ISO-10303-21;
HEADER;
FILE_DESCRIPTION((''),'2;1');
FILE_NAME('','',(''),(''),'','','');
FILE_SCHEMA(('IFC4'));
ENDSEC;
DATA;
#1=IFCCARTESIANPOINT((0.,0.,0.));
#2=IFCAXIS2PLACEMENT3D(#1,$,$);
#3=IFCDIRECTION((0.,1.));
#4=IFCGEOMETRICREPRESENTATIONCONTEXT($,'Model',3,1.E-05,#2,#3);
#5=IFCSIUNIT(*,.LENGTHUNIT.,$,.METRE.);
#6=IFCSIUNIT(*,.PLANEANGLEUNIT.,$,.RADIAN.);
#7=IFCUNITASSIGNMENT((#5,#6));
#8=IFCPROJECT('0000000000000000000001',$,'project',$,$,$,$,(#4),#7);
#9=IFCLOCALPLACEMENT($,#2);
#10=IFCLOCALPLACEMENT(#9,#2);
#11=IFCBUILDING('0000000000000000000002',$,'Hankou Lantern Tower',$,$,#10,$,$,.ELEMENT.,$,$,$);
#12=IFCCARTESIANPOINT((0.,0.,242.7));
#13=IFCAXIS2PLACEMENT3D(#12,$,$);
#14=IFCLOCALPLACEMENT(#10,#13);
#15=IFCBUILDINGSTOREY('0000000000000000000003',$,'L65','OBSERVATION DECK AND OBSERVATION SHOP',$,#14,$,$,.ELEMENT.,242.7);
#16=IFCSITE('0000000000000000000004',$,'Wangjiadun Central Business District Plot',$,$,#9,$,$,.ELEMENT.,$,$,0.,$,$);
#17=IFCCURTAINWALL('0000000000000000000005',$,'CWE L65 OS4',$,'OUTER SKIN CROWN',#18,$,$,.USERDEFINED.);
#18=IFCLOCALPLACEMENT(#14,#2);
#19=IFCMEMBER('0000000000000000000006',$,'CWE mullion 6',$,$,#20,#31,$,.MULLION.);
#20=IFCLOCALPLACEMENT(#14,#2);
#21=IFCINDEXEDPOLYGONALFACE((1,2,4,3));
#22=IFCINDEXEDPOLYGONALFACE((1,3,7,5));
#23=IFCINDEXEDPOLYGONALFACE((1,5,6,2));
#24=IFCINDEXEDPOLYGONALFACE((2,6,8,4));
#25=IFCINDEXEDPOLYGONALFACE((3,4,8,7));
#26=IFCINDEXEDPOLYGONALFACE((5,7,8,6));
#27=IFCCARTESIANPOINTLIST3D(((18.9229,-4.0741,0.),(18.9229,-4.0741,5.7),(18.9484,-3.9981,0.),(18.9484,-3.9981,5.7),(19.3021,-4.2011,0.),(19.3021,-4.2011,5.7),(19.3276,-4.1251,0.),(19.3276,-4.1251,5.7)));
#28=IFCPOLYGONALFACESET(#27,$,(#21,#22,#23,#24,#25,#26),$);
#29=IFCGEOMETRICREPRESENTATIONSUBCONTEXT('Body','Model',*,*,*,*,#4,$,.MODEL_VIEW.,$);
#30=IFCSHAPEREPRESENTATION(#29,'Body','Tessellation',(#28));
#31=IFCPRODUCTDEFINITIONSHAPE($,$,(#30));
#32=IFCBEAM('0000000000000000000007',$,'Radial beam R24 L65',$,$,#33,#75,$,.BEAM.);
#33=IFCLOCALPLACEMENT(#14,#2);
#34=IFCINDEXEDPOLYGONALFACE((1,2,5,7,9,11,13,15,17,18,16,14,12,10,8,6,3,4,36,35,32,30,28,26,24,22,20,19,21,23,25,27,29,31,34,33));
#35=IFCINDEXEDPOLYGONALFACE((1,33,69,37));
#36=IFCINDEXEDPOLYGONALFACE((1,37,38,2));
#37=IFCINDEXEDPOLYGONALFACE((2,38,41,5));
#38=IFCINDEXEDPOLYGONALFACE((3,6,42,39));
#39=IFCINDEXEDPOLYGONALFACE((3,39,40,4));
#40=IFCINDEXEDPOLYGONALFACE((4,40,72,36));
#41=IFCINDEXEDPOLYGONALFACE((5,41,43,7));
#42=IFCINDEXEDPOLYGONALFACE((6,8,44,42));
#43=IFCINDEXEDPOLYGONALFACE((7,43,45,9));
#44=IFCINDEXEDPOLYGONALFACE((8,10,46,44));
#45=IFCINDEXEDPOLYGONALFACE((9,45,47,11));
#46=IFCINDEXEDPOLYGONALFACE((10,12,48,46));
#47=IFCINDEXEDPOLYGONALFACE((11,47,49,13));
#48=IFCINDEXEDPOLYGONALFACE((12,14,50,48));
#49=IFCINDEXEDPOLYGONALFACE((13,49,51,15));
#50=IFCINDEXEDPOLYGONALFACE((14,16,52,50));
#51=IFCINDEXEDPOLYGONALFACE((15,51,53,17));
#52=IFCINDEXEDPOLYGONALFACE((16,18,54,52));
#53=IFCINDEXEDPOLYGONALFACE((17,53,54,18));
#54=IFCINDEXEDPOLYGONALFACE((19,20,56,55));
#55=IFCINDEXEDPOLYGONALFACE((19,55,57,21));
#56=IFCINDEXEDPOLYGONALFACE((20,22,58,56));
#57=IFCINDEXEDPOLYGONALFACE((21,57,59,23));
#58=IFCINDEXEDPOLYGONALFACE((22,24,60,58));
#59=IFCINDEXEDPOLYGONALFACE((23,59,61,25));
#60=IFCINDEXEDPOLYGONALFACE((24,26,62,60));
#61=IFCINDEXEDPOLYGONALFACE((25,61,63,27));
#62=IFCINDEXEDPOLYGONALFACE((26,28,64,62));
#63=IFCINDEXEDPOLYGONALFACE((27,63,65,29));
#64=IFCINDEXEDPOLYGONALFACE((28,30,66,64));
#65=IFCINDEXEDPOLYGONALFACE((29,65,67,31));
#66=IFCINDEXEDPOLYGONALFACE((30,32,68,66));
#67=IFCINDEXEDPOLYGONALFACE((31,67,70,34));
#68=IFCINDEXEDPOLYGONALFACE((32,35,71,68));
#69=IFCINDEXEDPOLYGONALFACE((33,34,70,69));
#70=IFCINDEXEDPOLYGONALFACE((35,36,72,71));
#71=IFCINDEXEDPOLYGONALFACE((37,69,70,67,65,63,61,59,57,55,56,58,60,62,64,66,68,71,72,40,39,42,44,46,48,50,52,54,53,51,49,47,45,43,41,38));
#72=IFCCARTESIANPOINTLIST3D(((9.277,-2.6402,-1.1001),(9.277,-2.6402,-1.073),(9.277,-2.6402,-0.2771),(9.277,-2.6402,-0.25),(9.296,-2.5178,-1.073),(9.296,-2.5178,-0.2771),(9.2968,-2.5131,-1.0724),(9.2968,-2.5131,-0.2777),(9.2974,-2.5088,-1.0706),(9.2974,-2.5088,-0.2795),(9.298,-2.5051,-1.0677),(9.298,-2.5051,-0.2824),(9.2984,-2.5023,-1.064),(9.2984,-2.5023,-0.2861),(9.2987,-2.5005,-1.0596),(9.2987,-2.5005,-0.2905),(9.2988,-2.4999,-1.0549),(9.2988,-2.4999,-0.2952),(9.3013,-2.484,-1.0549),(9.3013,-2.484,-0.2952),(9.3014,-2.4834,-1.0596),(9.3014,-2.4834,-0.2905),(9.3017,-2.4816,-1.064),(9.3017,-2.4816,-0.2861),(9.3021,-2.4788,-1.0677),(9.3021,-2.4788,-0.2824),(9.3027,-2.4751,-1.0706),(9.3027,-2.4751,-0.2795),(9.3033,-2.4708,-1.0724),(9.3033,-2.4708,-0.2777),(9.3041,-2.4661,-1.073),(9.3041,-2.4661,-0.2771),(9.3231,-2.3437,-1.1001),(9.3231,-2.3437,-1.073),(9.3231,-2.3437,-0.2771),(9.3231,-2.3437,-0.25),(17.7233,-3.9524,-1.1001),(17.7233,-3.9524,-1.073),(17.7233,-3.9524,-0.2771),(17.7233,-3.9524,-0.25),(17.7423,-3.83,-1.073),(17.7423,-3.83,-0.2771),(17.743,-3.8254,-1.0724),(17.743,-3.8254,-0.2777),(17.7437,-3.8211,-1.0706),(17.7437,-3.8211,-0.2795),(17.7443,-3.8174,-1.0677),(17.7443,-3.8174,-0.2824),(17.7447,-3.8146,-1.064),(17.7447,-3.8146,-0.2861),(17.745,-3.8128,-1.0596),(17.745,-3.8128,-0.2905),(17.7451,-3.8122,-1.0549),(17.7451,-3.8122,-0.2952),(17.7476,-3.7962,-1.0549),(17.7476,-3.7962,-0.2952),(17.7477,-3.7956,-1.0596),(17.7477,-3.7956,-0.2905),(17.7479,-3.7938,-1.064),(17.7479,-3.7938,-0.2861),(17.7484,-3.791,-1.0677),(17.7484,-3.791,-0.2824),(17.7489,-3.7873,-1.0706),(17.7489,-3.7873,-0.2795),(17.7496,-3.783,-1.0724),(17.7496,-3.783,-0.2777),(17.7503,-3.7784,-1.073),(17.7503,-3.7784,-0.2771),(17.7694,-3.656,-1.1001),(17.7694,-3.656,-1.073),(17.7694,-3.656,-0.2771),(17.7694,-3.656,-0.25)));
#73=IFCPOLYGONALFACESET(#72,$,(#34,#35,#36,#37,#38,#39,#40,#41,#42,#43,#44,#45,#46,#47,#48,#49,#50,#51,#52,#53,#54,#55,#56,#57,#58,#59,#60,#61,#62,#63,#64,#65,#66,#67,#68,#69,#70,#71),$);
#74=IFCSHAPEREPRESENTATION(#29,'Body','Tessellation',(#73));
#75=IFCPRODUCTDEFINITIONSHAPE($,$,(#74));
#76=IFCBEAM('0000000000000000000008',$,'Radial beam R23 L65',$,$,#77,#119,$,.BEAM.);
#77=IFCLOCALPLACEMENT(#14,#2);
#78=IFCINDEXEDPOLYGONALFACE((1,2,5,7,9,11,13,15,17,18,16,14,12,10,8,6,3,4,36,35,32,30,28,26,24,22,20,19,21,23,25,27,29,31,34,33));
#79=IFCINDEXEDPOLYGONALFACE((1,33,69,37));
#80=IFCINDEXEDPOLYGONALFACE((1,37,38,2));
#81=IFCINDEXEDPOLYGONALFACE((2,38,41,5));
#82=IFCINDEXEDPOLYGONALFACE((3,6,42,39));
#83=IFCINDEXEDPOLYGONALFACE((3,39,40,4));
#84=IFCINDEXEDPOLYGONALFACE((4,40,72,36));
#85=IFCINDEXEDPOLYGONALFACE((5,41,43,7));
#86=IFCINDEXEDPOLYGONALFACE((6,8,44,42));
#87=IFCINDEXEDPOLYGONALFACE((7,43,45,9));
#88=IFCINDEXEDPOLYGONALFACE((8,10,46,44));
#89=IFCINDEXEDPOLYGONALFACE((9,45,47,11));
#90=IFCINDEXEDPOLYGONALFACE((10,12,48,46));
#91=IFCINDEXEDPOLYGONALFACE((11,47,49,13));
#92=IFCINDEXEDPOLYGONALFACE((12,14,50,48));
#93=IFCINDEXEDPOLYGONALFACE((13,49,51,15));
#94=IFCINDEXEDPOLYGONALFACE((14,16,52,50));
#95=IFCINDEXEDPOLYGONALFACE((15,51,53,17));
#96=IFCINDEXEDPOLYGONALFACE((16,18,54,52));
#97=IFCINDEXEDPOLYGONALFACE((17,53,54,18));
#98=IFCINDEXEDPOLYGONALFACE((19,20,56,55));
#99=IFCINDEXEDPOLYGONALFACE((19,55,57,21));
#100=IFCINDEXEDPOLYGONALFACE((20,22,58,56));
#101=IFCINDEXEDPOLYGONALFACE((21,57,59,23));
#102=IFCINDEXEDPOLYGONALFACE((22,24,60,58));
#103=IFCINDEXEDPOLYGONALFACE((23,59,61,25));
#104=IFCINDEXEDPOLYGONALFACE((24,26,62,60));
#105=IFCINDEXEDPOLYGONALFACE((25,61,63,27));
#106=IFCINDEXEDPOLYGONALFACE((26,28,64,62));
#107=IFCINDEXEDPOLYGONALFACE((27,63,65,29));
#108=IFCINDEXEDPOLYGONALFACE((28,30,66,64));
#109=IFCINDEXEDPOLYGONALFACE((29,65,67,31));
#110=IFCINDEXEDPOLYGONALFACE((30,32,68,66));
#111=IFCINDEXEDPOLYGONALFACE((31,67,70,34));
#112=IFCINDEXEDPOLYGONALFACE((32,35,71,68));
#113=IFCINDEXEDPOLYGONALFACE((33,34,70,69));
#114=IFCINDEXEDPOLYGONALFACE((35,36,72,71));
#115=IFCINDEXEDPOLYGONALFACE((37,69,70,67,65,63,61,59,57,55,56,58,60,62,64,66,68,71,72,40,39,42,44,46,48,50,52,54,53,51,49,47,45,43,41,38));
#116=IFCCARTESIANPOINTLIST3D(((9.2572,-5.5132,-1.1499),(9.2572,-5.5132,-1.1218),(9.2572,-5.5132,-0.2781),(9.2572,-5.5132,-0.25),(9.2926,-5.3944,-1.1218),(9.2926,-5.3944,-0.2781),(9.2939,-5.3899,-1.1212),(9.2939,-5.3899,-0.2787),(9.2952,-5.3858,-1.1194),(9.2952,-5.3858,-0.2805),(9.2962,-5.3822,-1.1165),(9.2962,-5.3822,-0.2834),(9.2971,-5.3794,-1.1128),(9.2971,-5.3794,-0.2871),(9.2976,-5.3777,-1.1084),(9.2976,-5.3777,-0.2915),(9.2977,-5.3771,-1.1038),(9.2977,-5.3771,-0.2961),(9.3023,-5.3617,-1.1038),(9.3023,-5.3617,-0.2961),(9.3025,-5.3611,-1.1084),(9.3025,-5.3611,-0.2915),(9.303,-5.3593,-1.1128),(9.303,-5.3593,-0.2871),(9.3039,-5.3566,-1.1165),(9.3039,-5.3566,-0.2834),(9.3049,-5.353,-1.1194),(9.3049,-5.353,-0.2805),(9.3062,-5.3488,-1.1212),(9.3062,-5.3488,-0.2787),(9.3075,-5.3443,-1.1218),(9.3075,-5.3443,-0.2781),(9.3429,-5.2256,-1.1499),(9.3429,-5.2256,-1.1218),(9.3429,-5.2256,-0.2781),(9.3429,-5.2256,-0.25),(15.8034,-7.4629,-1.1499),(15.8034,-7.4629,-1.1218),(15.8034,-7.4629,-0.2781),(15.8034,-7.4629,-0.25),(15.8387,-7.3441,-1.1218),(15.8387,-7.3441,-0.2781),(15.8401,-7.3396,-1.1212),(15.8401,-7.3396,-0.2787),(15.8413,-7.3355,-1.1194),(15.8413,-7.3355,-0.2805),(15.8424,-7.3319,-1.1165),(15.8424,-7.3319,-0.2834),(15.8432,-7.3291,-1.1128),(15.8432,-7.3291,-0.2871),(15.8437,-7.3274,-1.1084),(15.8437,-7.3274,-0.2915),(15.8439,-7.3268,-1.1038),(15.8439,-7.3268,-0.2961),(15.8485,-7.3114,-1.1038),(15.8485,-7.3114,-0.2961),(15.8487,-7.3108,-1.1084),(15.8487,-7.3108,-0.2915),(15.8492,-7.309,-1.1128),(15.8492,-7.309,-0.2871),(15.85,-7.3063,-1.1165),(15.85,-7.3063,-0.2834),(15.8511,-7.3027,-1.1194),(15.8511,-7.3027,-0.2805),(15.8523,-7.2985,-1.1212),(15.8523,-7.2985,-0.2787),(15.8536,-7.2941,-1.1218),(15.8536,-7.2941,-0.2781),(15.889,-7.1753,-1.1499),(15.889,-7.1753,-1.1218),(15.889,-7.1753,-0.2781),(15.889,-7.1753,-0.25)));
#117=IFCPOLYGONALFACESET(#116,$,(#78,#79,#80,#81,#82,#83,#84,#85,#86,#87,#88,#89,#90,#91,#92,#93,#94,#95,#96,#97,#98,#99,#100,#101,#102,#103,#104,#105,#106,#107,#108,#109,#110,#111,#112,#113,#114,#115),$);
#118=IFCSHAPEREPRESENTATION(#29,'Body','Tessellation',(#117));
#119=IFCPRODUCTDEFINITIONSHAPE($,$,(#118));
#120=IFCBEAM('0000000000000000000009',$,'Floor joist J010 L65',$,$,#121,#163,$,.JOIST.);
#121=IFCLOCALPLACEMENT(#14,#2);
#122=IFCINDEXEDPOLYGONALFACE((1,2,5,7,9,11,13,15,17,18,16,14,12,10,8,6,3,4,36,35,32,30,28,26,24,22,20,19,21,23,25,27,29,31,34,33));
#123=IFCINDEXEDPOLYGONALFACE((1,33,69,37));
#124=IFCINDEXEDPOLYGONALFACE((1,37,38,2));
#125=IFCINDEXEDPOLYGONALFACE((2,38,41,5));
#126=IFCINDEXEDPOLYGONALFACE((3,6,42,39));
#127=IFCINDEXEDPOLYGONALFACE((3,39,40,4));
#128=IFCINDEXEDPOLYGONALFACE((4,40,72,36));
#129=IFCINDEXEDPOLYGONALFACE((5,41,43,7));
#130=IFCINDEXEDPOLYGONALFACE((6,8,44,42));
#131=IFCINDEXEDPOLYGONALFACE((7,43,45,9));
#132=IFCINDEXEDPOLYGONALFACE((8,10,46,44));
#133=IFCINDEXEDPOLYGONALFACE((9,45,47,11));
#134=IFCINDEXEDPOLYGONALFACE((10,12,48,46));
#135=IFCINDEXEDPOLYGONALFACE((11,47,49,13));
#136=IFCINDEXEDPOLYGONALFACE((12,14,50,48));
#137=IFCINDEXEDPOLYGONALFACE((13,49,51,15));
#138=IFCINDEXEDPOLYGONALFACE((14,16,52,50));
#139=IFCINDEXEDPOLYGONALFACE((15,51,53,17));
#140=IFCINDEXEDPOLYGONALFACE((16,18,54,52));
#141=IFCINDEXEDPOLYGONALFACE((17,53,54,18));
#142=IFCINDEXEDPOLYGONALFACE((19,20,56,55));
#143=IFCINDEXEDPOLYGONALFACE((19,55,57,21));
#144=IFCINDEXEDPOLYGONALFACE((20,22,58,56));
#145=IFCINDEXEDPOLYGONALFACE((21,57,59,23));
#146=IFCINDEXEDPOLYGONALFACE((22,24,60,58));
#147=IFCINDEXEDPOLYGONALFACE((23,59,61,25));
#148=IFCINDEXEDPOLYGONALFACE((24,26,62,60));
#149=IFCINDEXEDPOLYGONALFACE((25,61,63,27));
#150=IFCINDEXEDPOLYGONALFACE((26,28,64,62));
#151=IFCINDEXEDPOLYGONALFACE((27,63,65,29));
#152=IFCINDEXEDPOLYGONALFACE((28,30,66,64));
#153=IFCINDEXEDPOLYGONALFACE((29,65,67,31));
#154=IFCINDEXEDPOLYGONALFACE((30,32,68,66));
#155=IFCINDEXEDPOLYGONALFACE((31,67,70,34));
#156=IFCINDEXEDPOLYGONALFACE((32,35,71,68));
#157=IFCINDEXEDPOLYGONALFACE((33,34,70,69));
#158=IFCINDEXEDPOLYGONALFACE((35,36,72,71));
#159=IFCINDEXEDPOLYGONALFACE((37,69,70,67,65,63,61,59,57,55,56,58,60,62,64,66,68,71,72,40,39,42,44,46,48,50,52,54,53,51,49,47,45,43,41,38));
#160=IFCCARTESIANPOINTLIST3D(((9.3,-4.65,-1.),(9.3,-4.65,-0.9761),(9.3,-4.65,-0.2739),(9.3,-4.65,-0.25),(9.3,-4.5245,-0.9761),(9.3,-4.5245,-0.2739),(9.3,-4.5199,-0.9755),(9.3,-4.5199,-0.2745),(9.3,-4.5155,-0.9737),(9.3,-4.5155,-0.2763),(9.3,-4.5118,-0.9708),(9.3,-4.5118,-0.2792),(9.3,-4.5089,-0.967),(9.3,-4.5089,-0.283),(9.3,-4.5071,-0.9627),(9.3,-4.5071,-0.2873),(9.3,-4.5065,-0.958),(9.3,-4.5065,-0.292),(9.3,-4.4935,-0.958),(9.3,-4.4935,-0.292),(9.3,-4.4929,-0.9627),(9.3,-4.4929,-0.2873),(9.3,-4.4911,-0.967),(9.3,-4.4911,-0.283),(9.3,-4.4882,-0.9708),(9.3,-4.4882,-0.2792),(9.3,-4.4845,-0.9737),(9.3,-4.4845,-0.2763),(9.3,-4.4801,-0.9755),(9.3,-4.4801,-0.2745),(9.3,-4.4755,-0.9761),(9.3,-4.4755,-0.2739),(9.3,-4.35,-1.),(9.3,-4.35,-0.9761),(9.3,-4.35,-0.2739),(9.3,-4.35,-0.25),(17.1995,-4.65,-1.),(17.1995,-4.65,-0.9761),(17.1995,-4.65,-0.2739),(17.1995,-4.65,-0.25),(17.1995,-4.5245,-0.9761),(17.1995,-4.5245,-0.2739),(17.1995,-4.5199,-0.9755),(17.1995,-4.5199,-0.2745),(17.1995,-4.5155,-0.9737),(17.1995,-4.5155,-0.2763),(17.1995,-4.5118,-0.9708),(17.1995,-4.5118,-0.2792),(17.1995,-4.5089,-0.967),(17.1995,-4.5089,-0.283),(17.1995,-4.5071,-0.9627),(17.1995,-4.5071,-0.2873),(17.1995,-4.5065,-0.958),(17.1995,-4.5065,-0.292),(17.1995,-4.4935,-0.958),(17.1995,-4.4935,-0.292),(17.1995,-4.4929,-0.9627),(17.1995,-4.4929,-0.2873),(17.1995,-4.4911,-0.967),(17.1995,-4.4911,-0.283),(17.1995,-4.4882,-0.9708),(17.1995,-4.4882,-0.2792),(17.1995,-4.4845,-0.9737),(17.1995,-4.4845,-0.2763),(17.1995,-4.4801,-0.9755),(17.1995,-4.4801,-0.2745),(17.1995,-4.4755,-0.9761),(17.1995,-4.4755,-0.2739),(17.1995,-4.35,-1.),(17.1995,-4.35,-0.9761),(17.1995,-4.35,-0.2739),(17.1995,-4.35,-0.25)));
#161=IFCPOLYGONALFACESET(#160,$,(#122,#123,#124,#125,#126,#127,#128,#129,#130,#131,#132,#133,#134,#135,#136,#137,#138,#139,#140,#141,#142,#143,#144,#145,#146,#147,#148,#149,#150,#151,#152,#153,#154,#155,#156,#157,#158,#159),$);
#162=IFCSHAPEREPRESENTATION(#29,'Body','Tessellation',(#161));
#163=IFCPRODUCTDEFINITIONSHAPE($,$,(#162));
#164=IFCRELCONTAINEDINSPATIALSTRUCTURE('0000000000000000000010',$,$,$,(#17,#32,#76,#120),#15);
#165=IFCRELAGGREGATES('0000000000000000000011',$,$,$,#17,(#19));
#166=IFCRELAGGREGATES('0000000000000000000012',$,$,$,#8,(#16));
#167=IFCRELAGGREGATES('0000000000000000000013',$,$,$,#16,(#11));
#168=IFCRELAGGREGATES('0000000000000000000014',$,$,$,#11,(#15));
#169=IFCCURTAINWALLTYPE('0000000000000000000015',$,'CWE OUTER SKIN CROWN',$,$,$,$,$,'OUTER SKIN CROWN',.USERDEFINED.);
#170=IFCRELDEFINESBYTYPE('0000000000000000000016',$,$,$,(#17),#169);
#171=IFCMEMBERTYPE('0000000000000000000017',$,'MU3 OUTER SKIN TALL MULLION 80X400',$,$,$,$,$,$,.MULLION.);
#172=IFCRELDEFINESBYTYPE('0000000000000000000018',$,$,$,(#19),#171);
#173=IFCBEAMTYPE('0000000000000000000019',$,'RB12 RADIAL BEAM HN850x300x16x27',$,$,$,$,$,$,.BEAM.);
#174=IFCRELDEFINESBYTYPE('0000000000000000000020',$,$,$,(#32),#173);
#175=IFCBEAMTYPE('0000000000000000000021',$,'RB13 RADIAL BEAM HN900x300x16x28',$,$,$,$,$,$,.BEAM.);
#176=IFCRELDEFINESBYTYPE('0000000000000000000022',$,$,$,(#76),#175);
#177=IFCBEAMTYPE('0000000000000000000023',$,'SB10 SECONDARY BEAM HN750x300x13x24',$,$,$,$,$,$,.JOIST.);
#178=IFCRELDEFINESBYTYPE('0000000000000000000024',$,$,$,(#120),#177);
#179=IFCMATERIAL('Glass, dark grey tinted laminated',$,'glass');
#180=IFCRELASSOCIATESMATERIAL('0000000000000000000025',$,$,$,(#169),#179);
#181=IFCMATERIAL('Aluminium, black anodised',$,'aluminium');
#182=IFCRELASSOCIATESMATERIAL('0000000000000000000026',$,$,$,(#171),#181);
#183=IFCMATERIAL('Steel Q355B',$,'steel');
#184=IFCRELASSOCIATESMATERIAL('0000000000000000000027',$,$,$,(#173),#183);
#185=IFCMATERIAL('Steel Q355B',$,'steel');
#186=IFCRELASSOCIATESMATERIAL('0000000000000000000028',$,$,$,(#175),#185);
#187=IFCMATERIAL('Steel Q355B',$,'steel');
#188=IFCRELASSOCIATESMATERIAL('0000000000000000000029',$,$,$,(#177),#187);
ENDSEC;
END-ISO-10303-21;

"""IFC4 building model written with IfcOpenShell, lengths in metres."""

from ifc_helpers import new_model, si_unit, direction, frame, origin, origin_2d, place, context, subcontext, project, spatial, rectangle, i_section, extrude, material, material_profile, profile_set, type_object, element, aggregate, save


model = new_model("IFC4")

# Units and contexts
model_context = context("Model", 3, precision=1e-05, world=origin(), true_north=direction((0.0, 1.0)))
body_context = subcontext(model_context, "Body", "Model", "MODEL_VIEW")
ifc_project = project(units=[si_unit("LENGTHUNIT", "METRE"), si_unit("PLANEANGLEUNIT", "RADIAN")], contexts=[model_context])

# Site, building, storey
site_placement = place(None, origin())
site = spatial("IfcSite", under=ifc_project, at=site_placement, Name="Wangjiadun Central Business District Plot", CompositionType="ELEMENT", RefElevation=0.0)
building_placement = place(site_placement, origin())
building = spatial("IfcBuilding", under=site, at=building_placement, Name="Hankou Lantern Tower", CompositionType="ELEMENT")
storey_placement = place(building_placement, frame((0.0, 0.0, 242.7)))
storey = spatial("IfcBuildingStorey", under=building, at=storey_placement, Name="L65", Description="OBSERVATION DECK AND OBSERVATION SHOP", CompositionType="ELEMENT", Elevation=242.7)

# Curtain wall, member
ifc_material_1 = material(Name="Glass, dark grey tinted laminated", Category="glass")
curtain_wall_type = type_object("IfcCurtainWallType", Name="CWE OUTER SKIN CROWN", ElementType="OUTER SKIN CROWN", PredefinedType="USERDEFINED", material=ifc_material_1)
curtain_wall_placement = place(storey_placement, origin())
curtain_wall = element("IfcCurtainWall", 1, at=curtain_wall_placement, inside=storey, type_object=curtain_wall_type, Name="CWE L65 OS4", ObjectType="OUTER SKIN CROWN", PredefinedType="USERDEFINED")
ifc_material_2 = material(Name="Aluminium, black anodised", Category="aluminium")
ifc_material_profile_1 = material_profile(ifc_material_2, rectangle(XDim=0.0801, YDim=0.3999, at=origin_2d()), Name="MU3 80X400")
ifc_profile_set_1 = profile_set([ifc_material_profile_1], Name="Aluminium, black anodised")
member_type_1 = type_object("IfcMemberType", Name="MU3 OUTER SKIN TALL MULLION 80X400", PredefinedType="MULLION", material=ifc_profile_set_1)
member_1_placement = place(storey_placement, frame((19.1252, -4.0996, 0.0), z_axis=(0.0, 0.0, 1.0), x_axis=(0.317596, 0.948226, 0.0)))
member_1 = element("IfcMember", 2, at=member_1_placement, type_object=member_type_1, Name="CWE mullion 6", PredefinedType="MULLION", context=body_context, shape_type="SweptSolid", body=[
    extrude(rectangle(XDim=0.0801, YDim=0.3999, at=origin_2d()), origin(), (0.0, 0.0, 1.0), 5.7),
])

# Beams
ifc_material_3 = material(Name="Steel Q355B", Category="steel")
ifc_material_profile_2 = material_profile(ifc_material_3, i_section(OverallWidth=0.3, OverallDepth=0.8501, WebThickness=0.0161, FlangeThickness=0.0271, FilletRadius=0.0181, at=origin_2d()), Name="HN850x300x16x27")
ifc_profile_set_2 = profile_set([ifc_material_profile_2], Name="Steel Q355B")
beam_type_1 = type_object("IfcBeamType", Name="RB12 RADIAL BEAM HN850x300x16x27", PredefinedType="BEAM", material=ifc_profile_set_2)
beam_1_placement = place(storey_placement, frame((9.3, -2.4919, -0.675), z_axis=(0.988145, -0.153523, 0.0), x_axis=(0.153523, 0.988145, 0.0)))
element("IfcBeam", 3, at=beam_1_placement, inside=storey, type_object=beam_type_1, Name="Radial beam R24 L65", PredefinedType="BEAM", context=body_context, shape_type="SweptSolid", body=[
    extrude(i_section(OverallWidth=0.3, OverallDepth=0.8501, WebThickness=0.0161, FlangeThickness=0.0271, FilletRadius=0.0181, at=origin_2d()), origin(), (0.0, 0.0, 1.0), 8.5476),
])
ifc_material_4 = material(Name="Steel Q355B", Category="steel")
ifc_material_profile_3 = material_profile(ifc_material_4, i_section(OverallWidth=0.3, OverallDepth=0.8999, WebThickness=0.0161, FlangeThickness=0.0281, FilletRadius=0.0181, at=origin_2d()), Name="HN900x300x16x28")
ifc_profile_set_3 = profile_set([ifc_material_profile_3], Name="Steel Q355B")
beam_type_2 = type_object("IfcBeamType", Name="RB13 RADIAL BEAM HN900x300x16x28", PredefinedType="BEAM", material=ifc_profile_set_3)
beam_2_placement = place(storey_placement, frame((9.3, -5.3694, -0.7), z_axis=(0.958394, -0.285449, 0.0), x_axis=(0.285449, 0.958394, 0.0)))
element("IfcBeam", 4, at=beam_2_placement, inside=storey, type_object=beam_type_2, Name="Radial beam R23 L65", PredefinedType="BEAM", context=body_context, shape_type="SweptSolid", body=[
    extrude(i_section(OverallWidth=0.3, OverallDepth=0.8999, WebThickness=0.0161, FlangeThickness=0.0281, FilletRadius=0.0181, at=origin_2d()), origin(), (0.0, 0.0, 1.0), 6.8303),
])
ifc_material_5 = material(Name="Steel Q355B", Category="steel")
ifc_material_profile_4 = material_profile(ifc_material_5, i_section(OverallWidth=0.3, OverallDepth=0.75, WebThickness=0.0129, FlangeThickness=0.0239, FilletRadius=0.0181, at=origin_2d()), Name="HN750x300x13x24")
ifc_profile_set_4 = profile_set([ifc_material_profile_4], Name="Steel Q355B")
beam_type_3 = type_object("IfcBeamType", Name="SB10 SECONDARY BEAM HN750x300x13x24", PredefinedType="JOIST", material=ifc_profile_set_4)
beam_3_placement = place(storey_placement, frame((9.3, -4.5, -0.625), z_axis=(1.0, 0.0, 0.0), x_axis=(0.0, 1.0, 0.0)))
element("IfcBeam", 5, at=beam_3_placement, inside=storey, type_object=beam_type_3, Name="Floor joist J010 L65", PredefinedType="JOIST", context=body_context, shape_type="SweptSolid", body=[
    extrude(i_section(OverallWidth=0.3, OverallDepth=0.75, WebThickness=0.0129, FlangeThickness=0.0239, FilletRadius=0.0181, at=origin_2d()), origin(), (0.0, 0.0, 1.0), 7.8994),
])

aggregate(curtain_wall, [member_1])

save(model, "model.ifc")
